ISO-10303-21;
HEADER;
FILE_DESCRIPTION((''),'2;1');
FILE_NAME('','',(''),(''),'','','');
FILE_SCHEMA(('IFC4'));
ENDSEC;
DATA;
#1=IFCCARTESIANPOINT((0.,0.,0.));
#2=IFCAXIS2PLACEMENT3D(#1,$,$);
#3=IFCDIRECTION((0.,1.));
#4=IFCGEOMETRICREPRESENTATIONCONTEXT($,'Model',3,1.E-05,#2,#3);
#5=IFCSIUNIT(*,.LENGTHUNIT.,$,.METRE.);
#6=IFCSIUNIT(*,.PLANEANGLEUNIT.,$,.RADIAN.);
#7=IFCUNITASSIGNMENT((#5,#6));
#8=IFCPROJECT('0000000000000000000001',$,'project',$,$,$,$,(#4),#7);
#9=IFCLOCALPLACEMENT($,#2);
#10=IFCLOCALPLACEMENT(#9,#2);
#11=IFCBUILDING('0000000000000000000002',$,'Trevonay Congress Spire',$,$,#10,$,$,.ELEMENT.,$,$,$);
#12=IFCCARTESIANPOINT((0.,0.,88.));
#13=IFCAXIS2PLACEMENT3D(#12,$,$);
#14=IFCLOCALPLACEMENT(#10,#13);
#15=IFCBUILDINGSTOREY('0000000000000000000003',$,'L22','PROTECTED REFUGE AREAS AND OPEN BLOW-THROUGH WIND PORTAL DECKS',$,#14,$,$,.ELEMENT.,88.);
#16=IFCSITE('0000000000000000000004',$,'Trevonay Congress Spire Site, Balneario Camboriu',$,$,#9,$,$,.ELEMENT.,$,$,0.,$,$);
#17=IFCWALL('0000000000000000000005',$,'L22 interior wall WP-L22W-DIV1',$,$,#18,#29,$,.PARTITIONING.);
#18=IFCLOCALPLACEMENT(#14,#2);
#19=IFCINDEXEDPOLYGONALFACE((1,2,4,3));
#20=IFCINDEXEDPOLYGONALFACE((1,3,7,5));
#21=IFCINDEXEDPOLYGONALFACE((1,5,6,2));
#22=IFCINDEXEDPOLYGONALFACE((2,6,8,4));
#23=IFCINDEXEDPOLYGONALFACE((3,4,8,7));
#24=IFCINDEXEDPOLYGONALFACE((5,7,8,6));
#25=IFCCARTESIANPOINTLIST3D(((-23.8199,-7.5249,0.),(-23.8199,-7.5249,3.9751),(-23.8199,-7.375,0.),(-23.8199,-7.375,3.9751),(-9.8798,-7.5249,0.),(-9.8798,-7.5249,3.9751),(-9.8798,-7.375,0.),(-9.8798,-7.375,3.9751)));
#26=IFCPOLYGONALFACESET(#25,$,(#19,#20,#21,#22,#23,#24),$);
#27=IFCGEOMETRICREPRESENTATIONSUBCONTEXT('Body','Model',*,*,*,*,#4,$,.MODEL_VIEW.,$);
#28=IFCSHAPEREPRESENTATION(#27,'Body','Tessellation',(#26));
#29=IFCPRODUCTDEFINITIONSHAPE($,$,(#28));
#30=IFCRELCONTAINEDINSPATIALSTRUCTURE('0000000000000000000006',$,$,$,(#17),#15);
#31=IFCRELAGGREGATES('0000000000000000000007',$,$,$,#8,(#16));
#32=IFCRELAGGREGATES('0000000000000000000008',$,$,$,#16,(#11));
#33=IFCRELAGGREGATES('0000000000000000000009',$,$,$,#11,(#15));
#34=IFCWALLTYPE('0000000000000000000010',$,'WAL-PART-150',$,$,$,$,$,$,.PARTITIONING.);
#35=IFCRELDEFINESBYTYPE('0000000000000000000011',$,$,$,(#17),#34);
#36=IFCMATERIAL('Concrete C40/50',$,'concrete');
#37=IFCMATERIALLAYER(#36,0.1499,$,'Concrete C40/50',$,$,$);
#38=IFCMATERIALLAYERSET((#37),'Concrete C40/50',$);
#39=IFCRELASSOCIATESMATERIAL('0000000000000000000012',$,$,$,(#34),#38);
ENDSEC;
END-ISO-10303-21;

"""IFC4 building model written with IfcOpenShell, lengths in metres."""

from ifc_helpers import new_model, si_unit, direction, frame, frame_2d, origin, place, context, subcontext, project, spatial, rectangle, extrude, material, layer, layer_set, type_object, element, save


model = new_model("IFC4")

# Units and contexts
model_context = context("Model", 3, precision=1e-05, world=origin(), true_north=direction((0.0, 1.0)))
body_context = subcontext(model_context, "Body", "Model", "MODEL_VIEW")
ifc_project = project(units=[si_unit("LENGTHUNIT", "METRE"), si_unit("PLANEANGLEUNIT", "RADIAN")], contexts=[model_context])

# Site, building, storey
site_placement = place(None, origin())
site = spatial("IfcSite", under=ifc_project, at=site_placement, Name="Trevonay Congress Spire Site, Balneario Camboriu", CompositionType="ELEMENT", RefElevation=0.0)
building_placement = place(site_placement, origin())
building = spatial("IfcBuilding", under=site, at=building_placement, Name="Trevonay Congress Spire", CompositionType="ELEMENT")
storey_placement = place(building_placement, frame((0.0, 0.0, 88.0)))
storey = spatial("IfcBuildingStorey", under=building, at=storey_placement, Name="L22", Description="PROTECTED REFUGE AREAS AND OPEN BLOW-THROUGH WIND PORTAL DECKS", CompositionType="ELEMENT", Elevation=88.0)

# Shared definitions
ifc_material_1 = material(Name="Concrete C40/50", Category="concrete")

# Wall
ifc_layer_1 = layer(ifc_material_1, 0.1499, Name="Concrete C40/50")
ifc_layer_set_1 = layer_set([ifc_layer_1], Name="Concrete C40/50")
wall_type_1 = type_object("IfcWallType", Name="WAL-PART-150", PredefinedType="PARTITIONING", material=ifc_layer_set_1)
wall_1_placement = place(storey_placement, frame((-23.8201, -7.45, 0.0), z_axis=(0.0, 0.0, 1.0), x_axis=(1.0, 0.0, 0.0)))
element("IfcWall", 1, at=wall_1_placement, inside=storey, type_object=wall_type_1, Name="L22 interior wall WP-L22W-DIV1", PredefinedType="PARTITIONING", context=body_context, shape_type="SweptSolid", body=[
    extrude(rectangle(XDim=13.9402, YDim=0.1499, at=frame_2d((6.9702, 0.0))), origin(), (0.0, 0.0, 1.0), 3.9751),
])

save(model, "model.ifc")
